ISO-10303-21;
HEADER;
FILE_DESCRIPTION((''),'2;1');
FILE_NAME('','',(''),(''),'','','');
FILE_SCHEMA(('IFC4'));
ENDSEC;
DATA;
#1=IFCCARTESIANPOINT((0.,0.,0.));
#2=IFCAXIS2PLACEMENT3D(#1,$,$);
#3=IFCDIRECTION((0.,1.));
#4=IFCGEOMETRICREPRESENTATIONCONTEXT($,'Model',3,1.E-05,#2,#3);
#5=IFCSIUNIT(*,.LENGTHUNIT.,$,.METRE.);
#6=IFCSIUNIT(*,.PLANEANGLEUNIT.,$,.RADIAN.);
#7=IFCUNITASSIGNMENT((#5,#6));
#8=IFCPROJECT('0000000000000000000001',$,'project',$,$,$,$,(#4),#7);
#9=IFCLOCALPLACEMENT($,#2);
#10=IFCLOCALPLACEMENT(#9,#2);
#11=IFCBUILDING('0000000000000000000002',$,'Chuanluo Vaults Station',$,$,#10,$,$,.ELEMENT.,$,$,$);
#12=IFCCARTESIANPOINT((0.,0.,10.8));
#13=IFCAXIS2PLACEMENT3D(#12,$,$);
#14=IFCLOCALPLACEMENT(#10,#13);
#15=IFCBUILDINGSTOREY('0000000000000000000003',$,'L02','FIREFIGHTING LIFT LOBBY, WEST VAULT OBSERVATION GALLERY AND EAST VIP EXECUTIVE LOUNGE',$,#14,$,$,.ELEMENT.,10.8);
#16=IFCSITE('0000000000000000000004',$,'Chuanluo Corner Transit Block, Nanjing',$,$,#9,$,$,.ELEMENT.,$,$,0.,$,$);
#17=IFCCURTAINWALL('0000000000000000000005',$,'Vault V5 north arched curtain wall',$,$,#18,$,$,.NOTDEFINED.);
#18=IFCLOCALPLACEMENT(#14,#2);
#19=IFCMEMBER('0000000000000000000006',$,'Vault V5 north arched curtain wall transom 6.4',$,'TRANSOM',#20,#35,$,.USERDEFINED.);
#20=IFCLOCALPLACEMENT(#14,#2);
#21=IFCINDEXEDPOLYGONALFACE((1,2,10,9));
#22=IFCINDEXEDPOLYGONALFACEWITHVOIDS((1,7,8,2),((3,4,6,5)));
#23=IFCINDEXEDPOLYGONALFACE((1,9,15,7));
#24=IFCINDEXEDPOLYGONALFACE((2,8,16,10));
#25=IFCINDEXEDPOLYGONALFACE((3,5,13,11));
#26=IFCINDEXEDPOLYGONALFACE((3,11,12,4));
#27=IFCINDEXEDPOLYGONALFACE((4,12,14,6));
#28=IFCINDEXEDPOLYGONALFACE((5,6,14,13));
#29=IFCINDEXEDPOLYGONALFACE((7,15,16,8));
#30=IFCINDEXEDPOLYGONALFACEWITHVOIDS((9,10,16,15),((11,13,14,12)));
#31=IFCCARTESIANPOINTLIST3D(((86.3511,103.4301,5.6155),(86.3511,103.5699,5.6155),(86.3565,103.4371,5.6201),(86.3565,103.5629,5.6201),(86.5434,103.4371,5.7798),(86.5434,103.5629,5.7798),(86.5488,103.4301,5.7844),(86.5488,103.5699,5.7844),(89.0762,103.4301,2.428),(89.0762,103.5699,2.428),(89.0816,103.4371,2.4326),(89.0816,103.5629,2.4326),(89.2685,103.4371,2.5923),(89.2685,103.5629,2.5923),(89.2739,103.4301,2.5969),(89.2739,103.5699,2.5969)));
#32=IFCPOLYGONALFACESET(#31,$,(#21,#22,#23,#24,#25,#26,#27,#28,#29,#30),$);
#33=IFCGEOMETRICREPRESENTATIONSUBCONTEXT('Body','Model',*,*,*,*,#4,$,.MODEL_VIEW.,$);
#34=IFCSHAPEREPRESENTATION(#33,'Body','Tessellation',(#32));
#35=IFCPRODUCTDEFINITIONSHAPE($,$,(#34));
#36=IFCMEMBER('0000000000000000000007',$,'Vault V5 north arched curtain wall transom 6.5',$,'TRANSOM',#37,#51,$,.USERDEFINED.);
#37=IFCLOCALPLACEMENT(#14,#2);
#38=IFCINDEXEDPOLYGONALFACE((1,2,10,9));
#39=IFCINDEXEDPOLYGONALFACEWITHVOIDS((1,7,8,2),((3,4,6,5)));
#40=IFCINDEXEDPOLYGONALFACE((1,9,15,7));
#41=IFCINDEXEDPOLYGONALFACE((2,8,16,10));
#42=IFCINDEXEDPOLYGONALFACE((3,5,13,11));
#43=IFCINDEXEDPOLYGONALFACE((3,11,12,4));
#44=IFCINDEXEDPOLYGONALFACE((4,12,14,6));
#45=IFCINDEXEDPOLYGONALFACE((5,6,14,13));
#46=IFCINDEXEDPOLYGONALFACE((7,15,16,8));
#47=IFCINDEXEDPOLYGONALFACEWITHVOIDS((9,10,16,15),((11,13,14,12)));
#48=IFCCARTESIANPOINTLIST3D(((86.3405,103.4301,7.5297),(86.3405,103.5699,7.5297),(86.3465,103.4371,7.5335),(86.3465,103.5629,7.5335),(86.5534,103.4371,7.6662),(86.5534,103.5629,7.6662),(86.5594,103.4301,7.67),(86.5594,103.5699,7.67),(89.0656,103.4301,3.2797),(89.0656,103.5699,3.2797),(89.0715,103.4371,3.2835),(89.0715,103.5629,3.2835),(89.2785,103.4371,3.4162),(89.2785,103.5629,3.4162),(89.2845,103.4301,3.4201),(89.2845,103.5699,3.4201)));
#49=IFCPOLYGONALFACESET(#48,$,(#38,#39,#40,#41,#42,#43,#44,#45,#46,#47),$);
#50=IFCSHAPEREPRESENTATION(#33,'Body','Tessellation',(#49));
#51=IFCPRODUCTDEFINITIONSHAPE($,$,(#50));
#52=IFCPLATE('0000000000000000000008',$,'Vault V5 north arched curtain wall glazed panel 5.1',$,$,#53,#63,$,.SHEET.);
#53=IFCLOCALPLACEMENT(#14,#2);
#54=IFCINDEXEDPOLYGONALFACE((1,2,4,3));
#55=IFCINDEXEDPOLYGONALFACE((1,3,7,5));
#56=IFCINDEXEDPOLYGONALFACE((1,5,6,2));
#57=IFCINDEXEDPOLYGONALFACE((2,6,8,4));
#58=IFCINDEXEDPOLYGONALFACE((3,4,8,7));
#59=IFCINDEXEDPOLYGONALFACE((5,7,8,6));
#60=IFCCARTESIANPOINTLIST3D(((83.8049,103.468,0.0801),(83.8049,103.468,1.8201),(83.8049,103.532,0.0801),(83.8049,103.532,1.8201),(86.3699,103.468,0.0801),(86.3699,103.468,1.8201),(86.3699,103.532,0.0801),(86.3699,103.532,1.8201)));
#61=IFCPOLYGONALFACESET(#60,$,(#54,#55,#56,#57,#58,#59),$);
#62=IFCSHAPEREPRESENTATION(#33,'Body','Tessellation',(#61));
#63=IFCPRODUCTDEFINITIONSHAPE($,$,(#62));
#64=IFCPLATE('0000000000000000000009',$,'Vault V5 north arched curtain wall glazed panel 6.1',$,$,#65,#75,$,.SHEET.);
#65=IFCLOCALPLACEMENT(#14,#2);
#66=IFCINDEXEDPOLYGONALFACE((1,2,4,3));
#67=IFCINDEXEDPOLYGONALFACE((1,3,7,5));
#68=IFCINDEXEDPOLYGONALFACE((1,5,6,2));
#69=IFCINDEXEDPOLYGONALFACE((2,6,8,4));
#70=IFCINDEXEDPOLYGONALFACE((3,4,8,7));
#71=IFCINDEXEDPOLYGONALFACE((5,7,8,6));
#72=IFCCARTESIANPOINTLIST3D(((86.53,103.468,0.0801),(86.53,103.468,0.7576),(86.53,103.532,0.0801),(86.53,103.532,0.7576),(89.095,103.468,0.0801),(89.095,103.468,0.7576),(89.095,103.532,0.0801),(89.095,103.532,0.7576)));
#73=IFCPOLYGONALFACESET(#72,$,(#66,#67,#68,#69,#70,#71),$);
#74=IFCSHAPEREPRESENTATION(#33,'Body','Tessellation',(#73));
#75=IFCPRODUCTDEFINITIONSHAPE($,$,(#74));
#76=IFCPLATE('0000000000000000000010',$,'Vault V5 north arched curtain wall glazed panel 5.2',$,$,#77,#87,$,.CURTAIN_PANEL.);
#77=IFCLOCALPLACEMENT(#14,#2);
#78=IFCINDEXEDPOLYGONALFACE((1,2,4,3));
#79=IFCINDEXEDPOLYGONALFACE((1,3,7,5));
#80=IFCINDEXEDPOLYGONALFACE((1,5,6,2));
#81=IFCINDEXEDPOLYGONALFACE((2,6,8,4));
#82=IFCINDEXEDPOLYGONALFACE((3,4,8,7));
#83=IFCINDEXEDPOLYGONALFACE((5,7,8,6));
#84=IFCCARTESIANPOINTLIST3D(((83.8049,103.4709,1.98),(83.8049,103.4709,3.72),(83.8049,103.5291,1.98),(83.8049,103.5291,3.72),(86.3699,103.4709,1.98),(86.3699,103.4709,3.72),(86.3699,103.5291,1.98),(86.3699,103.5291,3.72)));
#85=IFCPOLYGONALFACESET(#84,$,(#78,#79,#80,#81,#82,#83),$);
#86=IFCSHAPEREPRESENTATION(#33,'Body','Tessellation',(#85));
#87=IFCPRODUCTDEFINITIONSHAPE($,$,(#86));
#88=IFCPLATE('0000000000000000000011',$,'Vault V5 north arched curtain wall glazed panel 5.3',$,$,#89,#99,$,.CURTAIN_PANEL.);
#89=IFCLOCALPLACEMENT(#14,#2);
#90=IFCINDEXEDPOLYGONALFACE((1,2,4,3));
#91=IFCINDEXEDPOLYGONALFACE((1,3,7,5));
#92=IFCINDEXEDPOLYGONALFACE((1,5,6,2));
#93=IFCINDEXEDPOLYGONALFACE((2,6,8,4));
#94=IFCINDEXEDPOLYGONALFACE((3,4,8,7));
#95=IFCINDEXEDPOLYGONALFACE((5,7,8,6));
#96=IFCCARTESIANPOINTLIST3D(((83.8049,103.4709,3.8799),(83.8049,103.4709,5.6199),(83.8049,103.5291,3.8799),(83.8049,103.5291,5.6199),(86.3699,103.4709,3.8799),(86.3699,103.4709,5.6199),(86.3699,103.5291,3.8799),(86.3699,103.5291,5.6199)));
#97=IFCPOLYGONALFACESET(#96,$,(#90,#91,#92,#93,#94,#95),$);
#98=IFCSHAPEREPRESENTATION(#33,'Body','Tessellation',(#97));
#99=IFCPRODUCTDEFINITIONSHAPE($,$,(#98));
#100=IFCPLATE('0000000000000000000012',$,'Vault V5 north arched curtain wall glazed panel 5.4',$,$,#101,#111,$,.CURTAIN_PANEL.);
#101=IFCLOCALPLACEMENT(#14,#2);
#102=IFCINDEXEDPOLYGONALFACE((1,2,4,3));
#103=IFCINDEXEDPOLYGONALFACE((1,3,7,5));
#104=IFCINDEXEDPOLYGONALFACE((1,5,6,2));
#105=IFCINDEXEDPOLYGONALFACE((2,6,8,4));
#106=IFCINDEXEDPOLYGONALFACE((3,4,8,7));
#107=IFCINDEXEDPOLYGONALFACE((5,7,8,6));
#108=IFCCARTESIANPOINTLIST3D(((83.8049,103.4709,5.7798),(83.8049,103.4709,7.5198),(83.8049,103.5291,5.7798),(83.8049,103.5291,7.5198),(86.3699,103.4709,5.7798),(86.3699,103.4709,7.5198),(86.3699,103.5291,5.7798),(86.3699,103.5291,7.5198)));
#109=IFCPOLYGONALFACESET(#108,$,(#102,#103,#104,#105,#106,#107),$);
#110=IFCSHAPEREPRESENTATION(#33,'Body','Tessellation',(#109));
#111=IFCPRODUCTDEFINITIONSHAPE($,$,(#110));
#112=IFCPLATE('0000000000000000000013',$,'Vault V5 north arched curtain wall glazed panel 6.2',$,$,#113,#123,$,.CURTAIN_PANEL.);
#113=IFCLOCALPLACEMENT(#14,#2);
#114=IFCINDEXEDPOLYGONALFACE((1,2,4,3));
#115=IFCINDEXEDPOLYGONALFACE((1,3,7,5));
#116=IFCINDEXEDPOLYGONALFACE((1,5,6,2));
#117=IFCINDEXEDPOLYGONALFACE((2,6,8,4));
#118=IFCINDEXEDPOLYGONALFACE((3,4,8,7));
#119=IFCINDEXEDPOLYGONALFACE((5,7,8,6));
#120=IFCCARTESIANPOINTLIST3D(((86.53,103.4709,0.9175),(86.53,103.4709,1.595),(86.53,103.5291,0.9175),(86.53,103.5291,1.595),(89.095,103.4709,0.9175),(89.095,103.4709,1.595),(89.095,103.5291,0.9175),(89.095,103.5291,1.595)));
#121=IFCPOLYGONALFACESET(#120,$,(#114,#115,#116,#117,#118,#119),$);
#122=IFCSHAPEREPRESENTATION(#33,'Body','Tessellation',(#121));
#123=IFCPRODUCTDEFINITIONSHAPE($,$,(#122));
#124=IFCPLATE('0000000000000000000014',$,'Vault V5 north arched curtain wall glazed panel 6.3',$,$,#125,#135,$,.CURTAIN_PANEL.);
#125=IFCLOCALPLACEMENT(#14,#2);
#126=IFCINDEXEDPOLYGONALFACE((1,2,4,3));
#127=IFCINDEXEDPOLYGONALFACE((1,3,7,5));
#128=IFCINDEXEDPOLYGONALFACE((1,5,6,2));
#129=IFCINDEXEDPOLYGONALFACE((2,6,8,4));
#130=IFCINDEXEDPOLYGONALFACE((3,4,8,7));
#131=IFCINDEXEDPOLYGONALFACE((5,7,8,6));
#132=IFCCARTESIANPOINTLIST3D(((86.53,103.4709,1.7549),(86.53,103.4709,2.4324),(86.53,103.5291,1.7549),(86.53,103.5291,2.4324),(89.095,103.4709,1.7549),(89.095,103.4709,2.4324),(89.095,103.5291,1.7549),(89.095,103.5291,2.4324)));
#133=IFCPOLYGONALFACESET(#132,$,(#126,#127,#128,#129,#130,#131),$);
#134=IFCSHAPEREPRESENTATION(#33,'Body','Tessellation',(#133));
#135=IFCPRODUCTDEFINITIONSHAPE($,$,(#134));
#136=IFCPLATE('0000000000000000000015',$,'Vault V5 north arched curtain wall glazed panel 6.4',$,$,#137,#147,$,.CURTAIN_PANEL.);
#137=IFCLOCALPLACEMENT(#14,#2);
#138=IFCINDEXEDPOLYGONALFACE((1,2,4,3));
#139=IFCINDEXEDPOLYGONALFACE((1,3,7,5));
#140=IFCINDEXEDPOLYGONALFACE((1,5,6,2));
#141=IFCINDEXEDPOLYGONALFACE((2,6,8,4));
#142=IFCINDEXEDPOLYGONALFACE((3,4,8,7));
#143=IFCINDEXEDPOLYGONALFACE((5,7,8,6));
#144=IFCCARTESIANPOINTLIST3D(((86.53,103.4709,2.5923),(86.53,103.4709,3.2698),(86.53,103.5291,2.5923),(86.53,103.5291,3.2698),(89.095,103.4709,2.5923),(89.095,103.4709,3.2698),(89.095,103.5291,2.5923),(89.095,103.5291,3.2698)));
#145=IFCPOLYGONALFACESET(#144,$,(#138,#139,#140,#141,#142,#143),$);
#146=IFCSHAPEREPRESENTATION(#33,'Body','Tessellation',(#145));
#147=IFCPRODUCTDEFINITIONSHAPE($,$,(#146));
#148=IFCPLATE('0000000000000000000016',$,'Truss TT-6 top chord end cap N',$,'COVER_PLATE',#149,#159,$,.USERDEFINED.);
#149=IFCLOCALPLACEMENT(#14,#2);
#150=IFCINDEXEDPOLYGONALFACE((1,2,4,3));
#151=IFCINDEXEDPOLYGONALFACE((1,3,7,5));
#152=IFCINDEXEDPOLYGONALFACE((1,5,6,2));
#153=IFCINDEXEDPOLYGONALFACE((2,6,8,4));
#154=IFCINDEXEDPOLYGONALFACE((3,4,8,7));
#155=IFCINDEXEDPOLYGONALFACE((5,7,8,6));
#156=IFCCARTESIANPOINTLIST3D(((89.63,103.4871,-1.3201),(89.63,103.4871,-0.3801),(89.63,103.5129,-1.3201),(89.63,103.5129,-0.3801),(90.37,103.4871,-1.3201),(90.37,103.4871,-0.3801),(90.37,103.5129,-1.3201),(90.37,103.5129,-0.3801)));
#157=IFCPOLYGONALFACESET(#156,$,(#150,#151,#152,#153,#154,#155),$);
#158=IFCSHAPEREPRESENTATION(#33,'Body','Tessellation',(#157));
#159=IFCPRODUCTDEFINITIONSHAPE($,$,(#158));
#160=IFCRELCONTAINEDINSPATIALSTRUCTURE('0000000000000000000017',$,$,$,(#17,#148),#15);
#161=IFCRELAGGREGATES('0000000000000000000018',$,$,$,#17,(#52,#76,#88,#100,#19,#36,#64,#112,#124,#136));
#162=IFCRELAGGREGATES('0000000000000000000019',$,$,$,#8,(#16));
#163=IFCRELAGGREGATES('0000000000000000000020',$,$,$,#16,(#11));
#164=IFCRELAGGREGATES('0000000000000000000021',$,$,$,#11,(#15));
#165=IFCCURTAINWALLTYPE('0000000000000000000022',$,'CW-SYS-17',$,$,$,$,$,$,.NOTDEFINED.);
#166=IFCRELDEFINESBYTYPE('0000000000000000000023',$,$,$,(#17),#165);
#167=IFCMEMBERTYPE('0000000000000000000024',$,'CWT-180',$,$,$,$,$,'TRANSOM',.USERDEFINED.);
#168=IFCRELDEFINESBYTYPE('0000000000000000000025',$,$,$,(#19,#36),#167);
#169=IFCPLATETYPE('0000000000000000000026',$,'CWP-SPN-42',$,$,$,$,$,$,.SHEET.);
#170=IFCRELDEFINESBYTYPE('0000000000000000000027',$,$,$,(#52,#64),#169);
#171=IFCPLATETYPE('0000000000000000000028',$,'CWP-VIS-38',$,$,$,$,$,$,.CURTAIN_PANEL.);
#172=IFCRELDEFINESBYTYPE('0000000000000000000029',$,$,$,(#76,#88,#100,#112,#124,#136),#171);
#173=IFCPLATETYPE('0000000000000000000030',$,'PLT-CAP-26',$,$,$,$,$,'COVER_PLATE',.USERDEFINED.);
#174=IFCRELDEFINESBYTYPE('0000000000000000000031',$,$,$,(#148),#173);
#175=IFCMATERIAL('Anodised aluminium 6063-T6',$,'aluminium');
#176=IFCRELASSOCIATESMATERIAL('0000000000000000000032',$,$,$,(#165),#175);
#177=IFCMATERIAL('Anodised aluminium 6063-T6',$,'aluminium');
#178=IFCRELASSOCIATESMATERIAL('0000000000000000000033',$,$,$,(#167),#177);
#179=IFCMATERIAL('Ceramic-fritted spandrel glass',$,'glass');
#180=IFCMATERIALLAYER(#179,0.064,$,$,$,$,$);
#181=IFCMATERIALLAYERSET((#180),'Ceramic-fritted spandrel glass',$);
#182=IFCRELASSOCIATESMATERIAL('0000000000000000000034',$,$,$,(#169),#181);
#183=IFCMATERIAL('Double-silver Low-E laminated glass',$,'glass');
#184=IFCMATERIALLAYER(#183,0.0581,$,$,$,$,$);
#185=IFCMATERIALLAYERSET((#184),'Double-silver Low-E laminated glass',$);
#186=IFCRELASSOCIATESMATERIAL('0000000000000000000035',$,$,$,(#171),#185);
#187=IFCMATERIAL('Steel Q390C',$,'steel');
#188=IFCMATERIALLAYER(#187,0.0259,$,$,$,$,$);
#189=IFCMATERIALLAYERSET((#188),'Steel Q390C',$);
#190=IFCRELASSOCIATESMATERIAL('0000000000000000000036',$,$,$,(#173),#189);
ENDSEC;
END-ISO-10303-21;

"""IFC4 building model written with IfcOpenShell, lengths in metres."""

from ifc_helpers import new_model, si_unit, direction, frame, origin, origin_2d, place, context, subcontext, project, spatial, rectangle, hollow_rectangle, extrude, material, layer, layer_set, material_profile, profile_set, type_object, element, aggregate, save


model = new_model("IFC4")

# Units and contexts
model_context = context("Model", 3, precision=1e-05, world=origin(), true_north=direction((0.0, 1.0)))
body_context = subcontext(model_context, "Body", "Model", "MODEL_VIEW")
ifc_project = project(units=[si_unit("LENGTHUNIT", "METRE"), si_unit("PLANEANGLEUNIT", "RADIAN")], contexts=[model_context])

# Site, building, storey
site_placement = place(None, origin())
site = spatial("IfcSite", under=ifc_project, at=site_placement, Name="Chuanluo Corner Transit Block, Nanjing", CompositionType="ELEMENT", RefElevation=0.0)
building_placement = place(site_placement, origin())
building = spatial("IfcBuilding", under=site, at=building_placement, Name="Chuanluo Vaults Station", CompositionType="ELEMENT")
storey_placement = place(building_placement, frame((0.0, 0.0, 10.8)))
storey = spatial("IfcBuildingStorey", under=building, at=storey_placement, Name="L02", Description="FIREFIGHTING LIFT LOBBY, WEST VAULT OBSERVATION GALLERY AND EAST VIP EXECUTIVE LOUNGE", CompositionType="ELEMENT", Elevation=10.8)

# Curtain wall, members, plates
ifc_material_1 = material(Name="Anodised aluminium 6063-T6", Category="aluminium")
curtain_wall_type = type_object("IfcCurtainWallType", Name="CW-SYS-17", PredefinedType="NOTDEFINED", material=ifc_material_1)
curtain_wall_placement = place(storey_placement, origin())
curtain_wall = element("IfcCurtainWall", 1, at=curtain_wall_placement, inside=storey, type_object=curtain_wall_type, Name="Vault V5 north arched curtain wall", PredefinedType="NOTDEFINED")
ifc_material_2 = material(Name="Anodised aluminium 6063-T6", Category="aluminium")
ifc_material_profile_1 = material_profile(ifc_material_2, hollow_rectangle(XDim=0.1399, YDim=0.26, WallThickness=0.0071, at=origin_2d()))
ifc_profile_set_1 = profile_set([ifc_material_profile_1], Name="Anodised aluminium 6063-T6")
member_type_1 = type_object("IfcMemberType", Name="CWT-180", ElementType="TRANSOM", PredefinedType="USERDEFINED", material=ifc_profile_set_1)
member_1_placement = place(storey_placement, frame((86.45, 103.5, 5.7), z_axis=(0.649822, 0.0, -0.760086), x_axis=(0.0, 1.0, 0.0)))
member_1 = element("IfcMember", 2, at=member_1_placement, type_object=member_type_1, Name="Vault V5 north arched curtain wall transom 6.4", ObjectType="TRANSOM", PredefinedType="USERDEFINED", context=body_context, shape_type="SweptSolid", body=[
    extrude(hollow_rectangle(XDim=0.1399, YDim=0.26, WallThickness=0.0071, at=origin_2d()), origin(), (0.0, 0.0, 1.0), 4.1936),
])
member_2_placement = place(storey_placement, frame((86.45, 103.5, 7.5999), z_axis=(0.53977, 0.0, -0.841813), x_axis=(0.0, 1.0, 0.0)))
member_2 = element("IfcMember", 3, at=member_2_placement, type_object=member_type_1, Name="Vault V5 north arched curtain wall transom 6.5", ObjectType="TRANSOM", PredefinedType="USERDEFINED", context=body_context, shape_type="SweptSolid", body=[
    extrude(hollow_rectangle(XDim=0.1399, YDim=0.26, WallThickness=0.0071, at=origin_2d()), origin(), (0.0, 0.0, 1.0), 5.0486),
])
ifc_material_3 = material(Name="Ceramic-fritted spandrel glass", Category="glass")
ifc_layer_1 = layer(ifc_material_3, 0.064)
ifc_layer_set_1 = layer_set([ifc_layer_1], Name="Ceramic-fritted spandrel glass")
plate_type_1 = type_object("IfcPlateType", Name="CWP-SPN-42", PredefinedType="SHEET", material=ifc_layer_set_1)
plate_1_placement = place(storey_placement, frame((85.0874, 103.5, 0.0801), z_axis=(0.0, 0.0, 1.0), x_axis=(1.0, 0.0, 0.0)))
plate_1 = element("IfcPlate", 4, at=plate_1_placement, type_object=plate_type_1, Name="Vault V5 north arched curtain wall glazed panel 5.1", PredefinedType="SHEET", context=body_context, shape_type="SweptSolid", body=[
    extrude(rectangle(XDim=2.5649, YDim=0.064, at=origin_2d()), origin(), (0.0, 0.0, 1.0), 1.74),
])
plate_2_placement = place(storey_placement, frame((87.8125, 103.5, 0.0801), z_axis=(0.0, 0.0, 1.0), x_axis=(1.0, 0.0, 0.0)))
plate_2 = element("IfcPlate", 5, at=plate_2_placement, type_object=plate_type_1, Name="Vault V5 north arched curtain wall glazed panel 6.1", PredefinedType="SHEET", context=body_context, shape_type="SweptSolid", body=[
    extrude(rectangle(XDim=2.5649, YDim=0.064, at=origin_2d()), origin(), (0.0, 0.0, 1.0), 0.6775),
])
ifc_material_4 = material(Name="Double-silver Low-E laminated glass", Category="glass")
ifc_layer_2 = layer(ifc_material_4, 0.0581)
ifc_layer_set_2 = layer_set([ifc_layer_2], Name="Double-silver Low-E laminated glass")
plate_type_2 = type_object("IfcPlateType", Name="CWP-VIS-38", PredefinedType="CURTAIN_PANEL", material=ifc_layer_set_2)
plate_3_placement = place(storey_placement, frame((85.0874, 103.5, 1.98), z_axis=(0.0, 0.0, 1.0), x_axis=(1.0, 0.0, 0.0)))
plate_3 = element("IfcPlate", 6, at=plate_3_placement, type_object=plate_type_2, Name="Vault V5 north arched curtain wall glazed panel 5.2", PredefinedType="CURTAIN_PANEL", context=body_context, shape_type="SweptSolid", body=[
    extrude(rectangle(XDim=2.5649, YDim=0.0581, at=origin_2d()), origin(), (0.0, 0.0, 1.0), 1.74),
])
plate_4_placement = place(storey_placement, frame((85.0874, 103.5, 3.8799), z_axis=(0.0, 0.0, 1.0), x_axis=(1.0, 0.0, 0.0)))
plate_4 = element("IfcPlate", 7, at=plate_4_placement, type_object=plate_type_2, Name="Vault V5 north arched curtain wall glazed panel 5.3", PredefinedType="CURTAIN_PANEL", context=body_context, shape_type="SweptSolid", body=[
    extrude(rectangle(XDim=2.5649, YDim=0.0581, at=origin_2d()), origin(), (0.0, 0.0, 1.0), 1.74),
])
plate_5_placement = place(storey_placement, frame((85.0874, 103.5, 5.7798), z_axis=(0.0, 0.0, 1.0), x_axis=(1.0, 0.0, 0.0)))
plate_5 = element("IfcPlate", 8, at=plate_5_placement, type_object=plate_type_2, Name="Vault V5 north arched curtain wall glazed panel 5.4", PredefinedType="CURTAIN_PANEL", context=body_context, shape_type="SweptSolid", body=[
    extrude(rectangle(XDim=2.5649, YDim=0.0581, at=origin_2d()), origin(), (0.0, 0.0, 1.0), 1.74),
])
plate_6_placement = place(storey_placement, frame((87.8125, 103.5, 0.9175), z_axis=(0.0, 0.0, 1.0), x_axis=(1.0, 0.0, 0.0)))
plate_6 = element("IfcPlate", 9, at=plate_6_placement, type_object=plate_type_2, Name="Vault V5 north arched curtain wall glazed panel 6.2", PredefinedType="CURTAIN_PANEL", context=body_context, shape_type="SweptSolid", body=[
    extrude(rectangle(XDim=2.5649, YDim=0.0581, at=origin_2d()), origin(), (0.0, 0.0, 1.0), 0.6775),
])
plate_7_placement = place(storey_placement, frame((87.8125, 103.5, 1.7549), z_axis=(0.0, 0.0, 1.0), x_axis=(1.0, 0.0, 0.0)))
plate_7 = element("IfcPlate", 10, at=plate_7_placement, type_object=plate_type_2, Name="Vault V5 north arched curtain wall glazed panel 6.3", PredefinedType="CURTAIN_PANEL", context=body_context, shape_type="SweptSolid", body=[
    extrude(rectangle(XDim=2.5649, YDim=0.0581, at=origin_2d()), origin(), (0.0, 0.0, 1.0), 0.6775),
])
plate_8_placement = place(storey_placement, frame((87.8125, 103.5, 2.5923), z_axis=(0.0, 0.0, 1.0), x_axis=(1.0, 0.0, 0.0)))
plate_8 = element("IfcPlate", 11, at=plate_8_placement, type_object=plate_type_2, Name="Vault V5 north arched curtain wall glazed panel 6.4", PredefinedType="CURTAIN_PANEL", context=body_context, shape_type="SweptSolid", body=[
    extrude(rectangle(XDim=2.5649, YDim=0.0581, at=origin_2d()), origin(), (0.0, 0.0, 1.0), 0.6775),
])
aggregate(curtain_wall, [plate_1, plate_3, plate_4, plate_5, member_1, member_2, plate_2, plate_6, plate_7, plate_8])

# Plate
ifc_material_5 = material(Name="Steel Q390C", Category="steel")
ifc_layer_3 = layer(ifc_material_5, 0.0259)
ifc_layer_set_3 = layer_set([ifc_layer_3], Name="Steel Q390C")
plate_type_3 = type_object("IfcPlateType", Name="PLT-CAP-26", ElementType="COVER_PLATE", PredefinedType="USERDEFINED", material=ifc_layer_set_3)
plate_9_placement = place(storey_placement, frame((90.0, 103.5, -1.3201), z_axis=(0.0, 0.0, 1.0), x_axis=(1.0, 0.0, 0.0)))
element("IfcPlate", 12, at=plate_9_placement, inside=storey, type_object=plate_type_3, Name="Truss TT-6 top chord end cap N", ObjectType="COVER_PLATE", PredefinedType="USERDEFINED", context=body_context, shape_type="SweptSolid", body=[
    extrude(rectangle(XDim=0.74, YDim=0.0259, at=origin_2d()), origin(), (0.0, 0.0, 1.0), 0.9399),
])

save(model, "model.ifc")
